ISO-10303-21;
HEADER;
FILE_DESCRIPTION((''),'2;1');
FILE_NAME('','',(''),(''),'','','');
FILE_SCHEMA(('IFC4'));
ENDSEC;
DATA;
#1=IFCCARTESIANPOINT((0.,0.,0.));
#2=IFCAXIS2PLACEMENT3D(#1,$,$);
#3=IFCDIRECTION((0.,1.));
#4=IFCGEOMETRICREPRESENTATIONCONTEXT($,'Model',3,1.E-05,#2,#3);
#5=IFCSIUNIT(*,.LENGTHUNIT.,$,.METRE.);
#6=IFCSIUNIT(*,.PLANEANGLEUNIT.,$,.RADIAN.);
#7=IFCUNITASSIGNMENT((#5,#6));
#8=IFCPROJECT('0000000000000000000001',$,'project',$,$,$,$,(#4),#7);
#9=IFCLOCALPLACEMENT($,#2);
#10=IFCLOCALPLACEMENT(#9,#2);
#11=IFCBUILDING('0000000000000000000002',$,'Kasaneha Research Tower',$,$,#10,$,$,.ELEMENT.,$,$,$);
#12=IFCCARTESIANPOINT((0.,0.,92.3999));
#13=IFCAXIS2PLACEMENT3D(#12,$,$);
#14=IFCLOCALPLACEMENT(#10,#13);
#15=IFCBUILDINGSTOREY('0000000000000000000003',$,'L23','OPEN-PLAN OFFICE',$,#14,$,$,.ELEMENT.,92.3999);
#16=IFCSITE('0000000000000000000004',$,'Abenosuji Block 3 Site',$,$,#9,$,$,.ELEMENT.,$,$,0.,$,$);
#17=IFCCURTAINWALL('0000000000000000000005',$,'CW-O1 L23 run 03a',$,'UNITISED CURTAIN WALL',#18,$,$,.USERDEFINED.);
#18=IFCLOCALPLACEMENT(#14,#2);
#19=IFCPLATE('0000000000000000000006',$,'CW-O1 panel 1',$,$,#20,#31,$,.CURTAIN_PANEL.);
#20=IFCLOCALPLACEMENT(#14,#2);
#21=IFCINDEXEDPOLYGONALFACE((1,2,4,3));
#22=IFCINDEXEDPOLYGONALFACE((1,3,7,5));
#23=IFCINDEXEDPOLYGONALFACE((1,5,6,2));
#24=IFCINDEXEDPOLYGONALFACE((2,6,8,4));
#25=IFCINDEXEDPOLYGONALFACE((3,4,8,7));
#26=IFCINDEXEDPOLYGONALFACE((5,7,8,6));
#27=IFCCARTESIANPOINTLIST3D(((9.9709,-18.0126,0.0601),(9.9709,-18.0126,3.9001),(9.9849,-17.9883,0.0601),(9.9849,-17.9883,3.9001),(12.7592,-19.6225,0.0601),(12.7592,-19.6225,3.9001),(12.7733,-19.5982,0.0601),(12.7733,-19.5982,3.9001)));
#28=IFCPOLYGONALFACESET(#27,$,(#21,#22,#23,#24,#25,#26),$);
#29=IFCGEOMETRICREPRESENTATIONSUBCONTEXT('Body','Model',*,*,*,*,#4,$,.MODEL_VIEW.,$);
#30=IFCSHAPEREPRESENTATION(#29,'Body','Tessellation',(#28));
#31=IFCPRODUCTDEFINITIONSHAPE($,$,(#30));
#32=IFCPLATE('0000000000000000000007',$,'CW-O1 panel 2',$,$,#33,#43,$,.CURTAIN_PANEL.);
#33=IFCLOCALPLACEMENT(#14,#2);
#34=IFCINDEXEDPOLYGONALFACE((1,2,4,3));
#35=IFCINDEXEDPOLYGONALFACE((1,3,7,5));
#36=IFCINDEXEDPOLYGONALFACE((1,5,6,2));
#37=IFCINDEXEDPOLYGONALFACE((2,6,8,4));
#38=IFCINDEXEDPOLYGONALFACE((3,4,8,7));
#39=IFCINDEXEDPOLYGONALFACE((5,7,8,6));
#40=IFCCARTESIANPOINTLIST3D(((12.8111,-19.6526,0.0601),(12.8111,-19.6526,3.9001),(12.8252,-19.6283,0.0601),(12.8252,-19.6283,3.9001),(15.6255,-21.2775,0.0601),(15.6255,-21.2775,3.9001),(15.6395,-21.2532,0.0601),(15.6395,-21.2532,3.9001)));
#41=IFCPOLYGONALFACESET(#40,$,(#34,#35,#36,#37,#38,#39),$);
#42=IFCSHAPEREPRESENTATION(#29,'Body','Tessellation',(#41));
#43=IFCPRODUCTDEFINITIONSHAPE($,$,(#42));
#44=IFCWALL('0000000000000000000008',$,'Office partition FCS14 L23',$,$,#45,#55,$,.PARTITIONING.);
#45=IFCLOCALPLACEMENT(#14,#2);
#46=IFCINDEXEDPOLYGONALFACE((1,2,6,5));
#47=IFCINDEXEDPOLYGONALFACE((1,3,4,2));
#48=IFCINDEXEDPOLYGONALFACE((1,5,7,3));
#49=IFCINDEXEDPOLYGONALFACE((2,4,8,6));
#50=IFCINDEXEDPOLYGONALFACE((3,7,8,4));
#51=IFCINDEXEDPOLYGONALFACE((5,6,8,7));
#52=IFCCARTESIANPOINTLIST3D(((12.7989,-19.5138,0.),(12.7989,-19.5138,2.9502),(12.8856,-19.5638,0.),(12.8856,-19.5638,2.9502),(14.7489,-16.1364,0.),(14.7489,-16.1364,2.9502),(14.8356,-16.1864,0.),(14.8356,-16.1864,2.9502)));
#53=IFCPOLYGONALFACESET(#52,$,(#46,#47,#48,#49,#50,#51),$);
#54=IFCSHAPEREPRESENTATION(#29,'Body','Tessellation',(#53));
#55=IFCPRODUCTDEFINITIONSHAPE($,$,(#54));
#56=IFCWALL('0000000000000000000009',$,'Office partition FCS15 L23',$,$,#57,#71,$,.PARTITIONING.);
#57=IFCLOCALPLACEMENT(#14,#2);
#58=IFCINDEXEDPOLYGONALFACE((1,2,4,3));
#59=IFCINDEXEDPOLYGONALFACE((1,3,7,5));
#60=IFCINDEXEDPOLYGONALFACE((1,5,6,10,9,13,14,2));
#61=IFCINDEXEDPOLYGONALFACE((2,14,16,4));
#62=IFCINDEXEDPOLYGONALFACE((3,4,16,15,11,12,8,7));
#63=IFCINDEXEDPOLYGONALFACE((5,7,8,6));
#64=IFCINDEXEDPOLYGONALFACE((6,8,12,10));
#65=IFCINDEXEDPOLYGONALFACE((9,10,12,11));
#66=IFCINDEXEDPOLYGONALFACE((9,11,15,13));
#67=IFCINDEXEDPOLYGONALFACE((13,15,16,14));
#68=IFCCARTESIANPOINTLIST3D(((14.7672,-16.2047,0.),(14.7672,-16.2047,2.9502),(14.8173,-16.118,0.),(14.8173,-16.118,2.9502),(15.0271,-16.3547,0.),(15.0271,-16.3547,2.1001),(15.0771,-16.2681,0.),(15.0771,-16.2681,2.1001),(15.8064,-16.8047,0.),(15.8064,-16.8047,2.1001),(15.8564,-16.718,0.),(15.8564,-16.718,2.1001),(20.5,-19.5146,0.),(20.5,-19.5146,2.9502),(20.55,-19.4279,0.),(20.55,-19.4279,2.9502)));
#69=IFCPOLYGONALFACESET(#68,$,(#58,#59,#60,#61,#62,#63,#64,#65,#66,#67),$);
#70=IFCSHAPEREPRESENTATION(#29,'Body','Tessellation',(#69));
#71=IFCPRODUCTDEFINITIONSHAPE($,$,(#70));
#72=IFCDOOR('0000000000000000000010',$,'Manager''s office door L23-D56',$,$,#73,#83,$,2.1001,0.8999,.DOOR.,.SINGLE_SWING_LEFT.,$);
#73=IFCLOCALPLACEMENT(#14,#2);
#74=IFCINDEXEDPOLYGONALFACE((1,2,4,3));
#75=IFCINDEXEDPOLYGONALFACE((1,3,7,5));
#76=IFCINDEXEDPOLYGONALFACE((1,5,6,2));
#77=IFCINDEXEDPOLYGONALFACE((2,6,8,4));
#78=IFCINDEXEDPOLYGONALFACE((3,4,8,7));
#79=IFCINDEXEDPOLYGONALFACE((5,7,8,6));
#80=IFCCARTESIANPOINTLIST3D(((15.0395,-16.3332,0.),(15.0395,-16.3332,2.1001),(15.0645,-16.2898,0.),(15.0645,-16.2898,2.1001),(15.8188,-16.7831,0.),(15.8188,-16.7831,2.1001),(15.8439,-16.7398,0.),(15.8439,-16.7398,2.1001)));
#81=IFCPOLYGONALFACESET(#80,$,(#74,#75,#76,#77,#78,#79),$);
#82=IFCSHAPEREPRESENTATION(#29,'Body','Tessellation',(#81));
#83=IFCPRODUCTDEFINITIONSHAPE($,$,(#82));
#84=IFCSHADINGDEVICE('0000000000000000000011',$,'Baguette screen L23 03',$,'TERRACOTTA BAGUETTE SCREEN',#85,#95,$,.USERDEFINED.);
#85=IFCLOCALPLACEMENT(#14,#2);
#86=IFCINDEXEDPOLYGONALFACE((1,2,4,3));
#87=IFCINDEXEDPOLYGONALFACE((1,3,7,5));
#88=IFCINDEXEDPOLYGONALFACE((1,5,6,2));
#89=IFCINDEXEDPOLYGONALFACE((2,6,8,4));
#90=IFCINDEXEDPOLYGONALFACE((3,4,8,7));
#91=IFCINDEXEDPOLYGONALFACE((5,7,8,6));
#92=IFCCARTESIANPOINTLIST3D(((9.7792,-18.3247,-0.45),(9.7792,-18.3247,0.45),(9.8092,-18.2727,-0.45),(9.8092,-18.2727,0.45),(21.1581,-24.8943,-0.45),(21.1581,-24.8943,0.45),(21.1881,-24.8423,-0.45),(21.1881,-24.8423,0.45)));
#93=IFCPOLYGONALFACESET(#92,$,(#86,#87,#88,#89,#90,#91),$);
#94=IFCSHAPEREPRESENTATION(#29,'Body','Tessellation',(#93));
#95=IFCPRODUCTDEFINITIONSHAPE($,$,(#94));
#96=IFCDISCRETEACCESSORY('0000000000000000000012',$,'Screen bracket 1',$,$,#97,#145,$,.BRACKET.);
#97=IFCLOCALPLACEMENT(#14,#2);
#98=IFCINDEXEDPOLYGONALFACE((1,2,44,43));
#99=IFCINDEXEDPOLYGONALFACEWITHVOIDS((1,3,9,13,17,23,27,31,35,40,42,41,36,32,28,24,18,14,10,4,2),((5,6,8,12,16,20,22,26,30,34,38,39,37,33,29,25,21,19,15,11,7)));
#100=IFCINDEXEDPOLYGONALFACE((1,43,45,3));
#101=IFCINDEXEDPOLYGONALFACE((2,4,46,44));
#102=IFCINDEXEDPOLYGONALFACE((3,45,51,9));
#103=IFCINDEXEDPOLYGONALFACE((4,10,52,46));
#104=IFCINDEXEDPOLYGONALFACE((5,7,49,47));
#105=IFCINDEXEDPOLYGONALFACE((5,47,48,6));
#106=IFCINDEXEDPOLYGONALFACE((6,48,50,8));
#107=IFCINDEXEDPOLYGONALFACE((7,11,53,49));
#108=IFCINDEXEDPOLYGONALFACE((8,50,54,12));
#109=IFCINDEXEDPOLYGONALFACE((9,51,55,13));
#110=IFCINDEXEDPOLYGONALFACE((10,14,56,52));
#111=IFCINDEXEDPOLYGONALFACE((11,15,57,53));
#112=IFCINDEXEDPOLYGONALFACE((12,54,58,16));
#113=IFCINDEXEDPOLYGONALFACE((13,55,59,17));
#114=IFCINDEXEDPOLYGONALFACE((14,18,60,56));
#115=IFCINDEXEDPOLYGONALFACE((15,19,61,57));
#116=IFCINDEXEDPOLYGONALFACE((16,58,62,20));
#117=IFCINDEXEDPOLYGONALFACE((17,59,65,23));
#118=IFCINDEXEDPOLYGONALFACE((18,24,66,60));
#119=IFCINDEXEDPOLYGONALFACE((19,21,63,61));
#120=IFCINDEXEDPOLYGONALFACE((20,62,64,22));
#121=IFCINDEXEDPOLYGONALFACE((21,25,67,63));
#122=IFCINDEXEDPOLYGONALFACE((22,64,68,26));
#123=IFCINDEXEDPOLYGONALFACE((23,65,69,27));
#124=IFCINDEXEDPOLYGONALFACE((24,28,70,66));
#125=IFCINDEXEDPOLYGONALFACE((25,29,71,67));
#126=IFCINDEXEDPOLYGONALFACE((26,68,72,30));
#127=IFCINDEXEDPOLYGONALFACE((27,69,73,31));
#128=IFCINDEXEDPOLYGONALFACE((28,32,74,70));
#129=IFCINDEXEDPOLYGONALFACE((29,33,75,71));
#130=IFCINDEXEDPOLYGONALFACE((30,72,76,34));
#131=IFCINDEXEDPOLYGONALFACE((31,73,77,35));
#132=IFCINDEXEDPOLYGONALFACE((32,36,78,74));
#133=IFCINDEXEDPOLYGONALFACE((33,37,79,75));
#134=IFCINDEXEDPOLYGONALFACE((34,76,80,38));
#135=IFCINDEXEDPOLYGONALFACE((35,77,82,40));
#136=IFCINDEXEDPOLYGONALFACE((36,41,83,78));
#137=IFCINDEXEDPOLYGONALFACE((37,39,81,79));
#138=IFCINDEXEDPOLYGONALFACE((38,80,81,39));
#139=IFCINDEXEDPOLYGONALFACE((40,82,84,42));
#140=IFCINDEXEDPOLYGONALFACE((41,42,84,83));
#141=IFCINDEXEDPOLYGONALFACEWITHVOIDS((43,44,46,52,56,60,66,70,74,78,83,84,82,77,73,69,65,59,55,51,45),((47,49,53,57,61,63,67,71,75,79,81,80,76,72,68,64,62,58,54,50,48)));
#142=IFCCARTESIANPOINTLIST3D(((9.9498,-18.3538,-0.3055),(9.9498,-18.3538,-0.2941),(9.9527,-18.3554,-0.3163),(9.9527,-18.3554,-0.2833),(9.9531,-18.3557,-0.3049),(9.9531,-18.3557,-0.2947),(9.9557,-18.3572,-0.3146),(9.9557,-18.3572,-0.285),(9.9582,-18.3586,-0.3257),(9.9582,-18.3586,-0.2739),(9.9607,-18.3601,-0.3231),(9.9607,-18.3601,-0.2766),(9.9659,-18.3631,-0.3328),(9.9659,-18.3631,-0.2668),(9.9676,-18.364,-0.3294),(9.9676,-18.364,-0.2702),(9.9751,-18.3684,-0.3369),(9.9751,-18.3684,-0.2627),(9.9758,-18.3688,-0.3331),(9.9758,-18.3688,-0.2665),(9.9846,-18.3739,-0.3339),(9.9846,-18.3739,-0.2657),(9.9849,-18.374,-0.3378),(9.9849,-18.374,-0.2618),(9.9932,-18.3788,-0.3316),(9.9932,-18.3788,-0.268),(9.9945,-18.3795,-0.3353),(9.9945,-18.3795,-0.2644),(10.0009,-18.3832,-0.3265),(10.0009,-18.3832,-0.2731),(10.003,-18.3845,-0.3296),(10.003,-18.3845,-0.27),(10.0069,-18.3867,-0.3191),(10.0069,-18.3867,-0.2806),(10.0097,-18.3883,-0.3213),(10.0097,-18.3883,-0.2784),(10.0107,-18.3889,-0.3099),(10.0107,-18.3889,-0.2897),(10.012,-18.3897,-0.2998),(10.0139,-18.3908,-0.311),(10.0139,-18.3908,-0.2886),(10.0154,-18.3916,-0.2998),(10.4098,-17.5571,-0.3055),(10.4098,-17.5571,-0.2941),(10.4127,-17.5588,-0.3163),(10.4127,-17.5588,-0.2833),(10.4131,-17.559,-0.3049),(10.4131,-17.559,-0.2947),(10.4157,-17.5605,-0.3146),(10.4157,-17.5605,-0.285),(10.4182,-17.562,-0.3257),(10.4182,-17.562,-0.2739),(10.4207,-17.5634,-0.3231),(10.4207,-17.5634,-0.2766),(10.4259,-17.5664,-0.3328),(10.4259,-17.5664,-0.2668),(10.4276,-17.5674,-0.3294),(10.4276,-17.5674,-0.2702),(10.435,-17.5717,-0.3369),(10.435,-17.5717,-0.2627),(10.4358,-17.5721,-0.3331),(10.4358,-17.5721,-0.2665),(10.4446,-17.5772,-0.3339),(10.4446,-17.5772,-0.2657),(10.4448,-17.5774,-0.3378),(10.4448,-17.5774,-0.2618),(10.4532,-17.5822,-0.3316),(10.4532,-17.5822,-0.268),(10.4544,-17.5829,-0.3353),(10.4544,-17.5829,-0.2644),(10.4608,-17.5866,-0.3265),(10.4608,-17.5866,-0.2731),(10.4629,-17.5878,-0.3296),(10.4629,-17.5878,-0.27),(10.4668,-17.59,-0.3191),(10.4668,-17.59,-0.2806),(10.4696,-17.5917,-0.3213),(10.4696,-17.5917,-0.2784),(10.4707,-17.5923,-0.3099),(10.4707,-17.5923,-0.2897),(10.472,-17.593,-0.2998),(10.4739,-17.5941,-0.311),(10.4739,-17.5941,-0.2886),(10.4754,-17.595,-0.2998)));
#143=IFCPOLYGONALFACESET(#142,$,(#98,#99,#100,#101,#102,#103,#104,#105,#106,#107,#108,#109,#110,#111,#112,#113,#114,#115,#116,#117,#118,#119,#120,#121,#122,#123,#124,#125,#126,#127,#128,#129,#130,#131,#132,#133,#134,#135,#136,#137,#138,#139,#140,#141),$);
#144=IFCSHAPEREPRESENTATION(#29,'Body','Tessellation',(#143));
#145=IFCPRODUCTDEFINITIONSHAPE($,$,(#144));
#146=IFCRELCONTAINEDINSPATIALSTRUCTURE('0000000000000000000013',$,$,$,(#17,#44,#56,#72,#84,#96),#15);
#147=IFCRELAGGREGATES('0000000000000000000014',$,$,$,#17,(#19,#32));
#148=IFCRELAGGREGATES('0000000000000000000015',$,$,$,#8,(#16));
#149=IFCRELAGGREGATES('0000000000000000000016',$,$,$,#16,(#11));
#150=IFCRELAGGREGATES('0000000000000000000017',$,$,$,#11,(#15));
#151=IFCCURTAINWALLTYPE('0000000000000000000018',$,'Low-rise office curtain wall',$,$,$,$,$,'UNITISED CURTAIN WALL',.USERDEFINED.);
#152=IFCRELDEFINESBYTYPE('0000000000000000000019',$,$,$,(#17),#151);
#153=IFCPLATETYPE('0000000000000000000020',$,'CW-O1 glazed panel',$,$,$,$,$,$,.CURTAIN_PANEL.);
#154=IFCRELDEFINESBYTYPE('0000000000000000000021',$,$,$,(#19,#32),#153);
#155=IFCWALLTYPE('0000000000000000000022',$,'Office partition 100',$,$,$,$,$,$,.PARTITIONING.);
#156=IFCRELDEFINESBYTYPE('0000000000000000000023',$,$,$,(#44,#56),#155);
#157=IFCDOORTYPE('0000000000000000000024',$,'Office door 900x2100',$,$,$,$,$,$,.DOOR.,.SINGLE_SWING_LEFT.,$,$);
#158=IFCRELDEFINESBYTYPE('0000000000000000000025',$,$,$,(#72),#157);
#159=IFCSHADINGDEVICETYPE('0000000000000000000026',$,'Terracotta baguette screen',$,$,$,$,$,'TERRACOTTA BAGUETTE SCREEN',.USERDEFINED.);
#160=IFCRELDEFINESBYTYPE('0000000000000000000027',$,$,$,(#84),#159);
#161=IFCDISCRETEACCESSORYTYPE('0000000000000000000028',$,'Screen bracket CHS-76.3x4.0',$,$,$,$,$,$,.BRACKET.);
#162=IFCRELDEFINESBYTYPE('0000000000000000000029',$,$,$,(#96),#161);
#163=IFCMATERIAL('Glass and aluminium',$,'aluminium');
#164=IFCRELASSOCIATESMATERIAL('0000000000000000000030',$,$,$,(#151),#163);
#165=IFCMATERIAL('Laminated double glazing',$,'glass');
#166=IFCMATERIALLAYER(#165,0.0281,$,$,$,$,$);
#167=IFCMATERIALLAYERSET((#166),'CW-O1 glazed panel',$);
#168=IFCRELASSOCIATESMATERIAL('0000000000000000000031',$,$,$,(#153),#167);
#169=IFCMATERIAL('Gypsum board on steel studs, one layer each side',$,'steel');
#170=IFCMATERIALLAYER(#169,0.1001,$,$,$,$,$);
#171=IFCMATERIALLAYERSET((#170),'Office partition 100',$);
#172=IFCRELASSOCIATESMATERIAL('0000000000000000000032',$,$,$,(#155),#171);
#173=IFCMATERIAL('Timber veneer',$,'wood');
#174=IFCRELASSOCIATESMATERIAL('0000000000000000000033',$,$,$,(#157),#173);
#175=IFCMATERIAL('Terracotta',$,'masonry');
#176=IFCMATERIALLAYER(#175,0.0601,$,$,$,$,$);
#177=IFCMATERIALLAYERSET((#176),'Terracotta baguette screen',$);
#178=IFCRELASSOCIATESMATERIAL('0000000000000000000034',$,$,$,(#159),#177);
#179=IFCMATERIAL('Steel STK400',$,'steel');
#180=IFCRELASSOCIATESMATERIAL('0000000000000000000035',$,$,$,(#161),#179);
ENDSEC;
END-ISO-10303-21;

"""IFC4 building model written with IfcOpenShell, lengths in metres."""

from ifc_helpers import new_model, si_unit, direction, frame, frame_2d, origin, origin_2d, place, context, subcontext, project, spatial, rectangle, hollow_circle, extrude, material, layer, layer_set, material_profile, profile_set, type_object, element, fill, aggregate, save


model = new_model("IFC4")

# Units and contexts
model_context = context("Model", 3, precision=1e-05, world=origin(), true_north=direction((0.0, 1.0)))
body_context = subcontext(model_context, "Body", "Model", "MODEL_VIEW")
ifc_project = project(units=[si_unit("LENGTHUNIT", "METRE"), si_unit("PLANEANGLEUNIT", "RADIAN")], contexts=[model_context])

# Site, building, storey
site_placement = place(None, origin())
site = spatial("IfcSite", under=ifc_project, at=site_placement, Name="Abenosuji Block 3 Site", CompositionType="ELEMENT", RefElevation=0.0)
building_placement = place(site_placement, origin())
building = spatial("IfcBuilding", under=site, at=building_placement, Name="Kasaneha Research Tower", CompositionType="ELEMENT")
storey_placement = place(building_placement, frame((0.0, 0.0, 92.3999)))
storey = spatial("IfcBuildingStorey", under=building, at=storey_placement, Name="L23", Description="OPEN-PLAN OFFICE", CompositionType="ELEMENT", Elevation=92.3999)

# Curtain wall
ifc_material_1 = material(Name="Glass and aluminium", Category="aluminium")
curtain_wall_type = type_object("IfcCurtainWallType", Name="Low-rise office curtain wall", ElementType="UNITISED CURTAIN WALL", PredefinedType="USERDEFINED", material=ifc_material_1)
curtain_wall_placement = place(storey_placement, origin())
curtain_wall = element("IfcCurtainWall", 1, at=curtain_wall_placement, inside=storey, type_object=curtain_wall_type, Name="CW-O1 L23 run 03a", ObjectType="UNITISED CURTAIN WALL", PredefinedType="USERDEFINED")

# Plates
ifc_material_2 = material(Name="Laminated double glazing", Category="glass")
ifc_layer_1 = layer(ifc_material_2, 0.0281)
ifc_layer_set_1 = layer_set([ifc_layer_1], Name="CW-O1 glazed panel")
plate_type = type_object("IfcPlateType", Name="CW-O1 glazed panel", PredefinedType="CURTAIN_PANEL", material=ifc_layer_set_1)
plate_1_placement = place(storey_placement, frame((11.3721, -18.8054, 0.0601), z_axis=(0.0, 0.0, 1.0), x_axis=(0.866025, -0.5, 0.0)))
plate_1 = element("IfcPlate", 2, at=plate_1_placement, type_object=plate_type, Name="CW-O1 panel 1", PredefinedType="CURTAIN_PANEL", context=body_context, shape_type="SweptSolid", body=[
    extrude(rectangle(XDim=3.2197, YDim=0.0281, at=origin_2d()), origin(), (0.0, 0.0, 1.0), 3.8401),
])
plate_2_placement = place(storey_placement, frame((14.2253, -20.4529, 0.0601), z_axis=(0.0, 0.0, 1.0), x_axis=(0.866025, -0.5, 0.0)))
plate_2 = element("IfcPlate", 3, at=plate_2_placement, type_object=plate_type, Name="CW-O1 panel 2", PredefinedType="CURTAIN_PANEL", context=body_context, shape_type="SweptSolid", body=[
    extrude(rectangle(XDim=3.2498, YDim=0.0281, at=origin_2d()), origin(), (0.0, 0.0, 1.0), 3.8401),
])
aggregate(curtain_wall, [plate_1, plate_2])

# Wall
ifc_material_3 = material(Name="Gypsum board on steel studs, one layer each side", Category="steel")
ifc_layer_2 = layer(ifc_material_3, 0.1001)
ifc_layer_set_2 = layer_set([ifc_layer_2], Name="Office partition 100")
wall_type = type_object("IfcWallType", Name="Office partition 100", PredefinedType="PARTITIONING", material=ifc_layer_set_2)
wall_1_placement = place(storey_placement, frame((12.8423, -19.5388, 0.0), z_axis=(0.0, 0.0, 1.0), x_axis=(0.499997, 0.866027, 0.0)))
element("IfcWall", 4, at=wall_1_placement, inside=storey, type_object=wall_type, Name="Office partition FCS14 L23", PredefinedType="PARTITIONING", context=body_context, shape_type="SweptSolid", body=[
    extrude(rectangle(XDim=3.8999, YDim=0.1001, at=frame_2d((1.95, 0.0))), origin(), (0.0, 0.0, 1.0), 2.9502),
])

# Wall, opening, door
wall_2_placement = place(storey_placement, frame((14.7922, -16.1614, 0.0), z_axis=(0.0, 0.0, 1.0), x_axis=(0.866022, -0.500007, 0.0)))
wall_2 = element("IfcWall", 5, at=wall_2_placement, inside=storey, type_object=wall_type, Name="Office partition FCS15 L23", PredefinedType="PARTITIONING", context=body_context, shape_type="SweptSolid", body=[
    extrude(rectangle(XDim=6.6196, YDim=0.1001, at=frame_2d((3.3098, 0.0))), origin(), (0.0, 0.0, 1.0), 2.9502),
])
opening_placement = place(wall_2_placement, frame((0.3, 0.0, 0.0)))
opening = element("IfcOpeningElement", 6, at=opening_placement, cuts=wall_2, PredefinedType="OPENING", context=body_context, shape_type="SweptSolid", body=[
    extrude(rectangle(XDim=0.8999, YDim=2.1001, at=frame_2d((0.45, 1.05))), frame((0.0, 0.0601, 0.0), z_axis=(0.0, -1.0, 0.0), x_axis=(1.0, 0.0, 0.0)), (0.0, 0.0, 1.0), 0.1201),
])
ifc_material_4 = material(Name="Timber veneer", Category="wood")
door_type = type_object("IfcDoorType", Name="Office door 900x2100", OperationType="SINGLE_SWING_LEFT", PredefinedType="DOOR", material=ifc_material_4)
door_placement = place(opening_placement, origin())
door = element("IfcDoor", 7, at=door_placement, inside=storey, type_object=door_type, Name="Manager's office door L23-D56", OperationType="SINGLE_SWING_LEFT", OverallHeight=2.1001, OverallWidth=0.8999, PredefinedType="DOOR", context=body_context, shape_type="SweptSolid", body=[
    extrude(rectangle(XDim=0.8999, YDim=2.1001, at=frame_2d((0.45, 1.05))), frame((0.0, 0.0249, 0.0), z_axis=(0.0, -1.0, 0.0), x_axis=(1.0, 0.0, 0.0)), (0.0, 0.0, 1.0), 0.05),
])
fill(opening, door)

# Shading device
ifc_material_5 = material(Name="Terracotta", Category="masonry")
ifc_layer_3 = layer(ifc_material_5, 0.0601)
ifc_layer_set_3 = layer_set([ifc_layer_3], Name="Terracotta baguette screen")
shading_device_type = type_object("IfcShadingDeviceType", Name="Terracotta baguette screen", ElementType="TERRACOTTA BAGUETTE SCREEN", PredefinedType="USERDEFINED", material=ifc_layer_set_3)
shading_device_placement = place(storey_placement, frame((15.4836, -21.5835, -0.45), z_axis=(0.0, 0.0, 1.0), x_axis=(0.866025, -0.5, 0.0)))
element("IfcShadingDevice", 8, at=shading_device_placement, inside=storey, type_object=shading_device_type, Name="Baguette screen L23 03", ObjectType="TERRACOTTA BAGUETTE SCREEN", PredefinedType="USERDEFINED", context=body_context, shape_type="SweptSolid", body=[
    extrude(rectangle(XDim=13.1392, YDim=0.0601, at=origin_2d()), origin(), (0.0, 0.0, 1.0), 0.8999),
])

# Discrete accessory
ifc_material_6 = material(Name="Steel STK400", Category="steel")
ifc_material_profile_1 = material_profile(ifc_material_6, hollow_circle(Radius=0.0381, WallThickness=0.0039, at=origin_2d()), Name="CHS-76.3x4.0")
ifc_profile_set_1 = profile_set([ifc_material_profile_1], Name="Steel STK400")
discrete_accessory_type = type_object("IfcDiscreteAccessoryType", Name="Screen bracket CHS-76.3x4.0", PredefinedType="BRACKET", material=ifc_profile_set_1)
discrete_accessory_1_placement = place(storey_placement, frame((10.4424, -17.5759, -0.2998), z_axis=(-0.500021, -0.866013, 0.0), x_axis=(0.866013, -0.500021, 0.0)))
element("IfcDiscreteAccessory", 9, at=discrete_accessory_1_placement, inside=storey, type_object=discrete_accessory_type, Name="Screen bracket 1", PredefinedType="BRACKET", context=body_context, shape_type="SweptSolid", body=[
    extrude(hollow_circle(Radius=0.0381, WallThickness=0.0039, at=origin_2d()), origin(), (0.0, 0.0, 1.0), 0.9199),
])

save(model, "model.ifc")
